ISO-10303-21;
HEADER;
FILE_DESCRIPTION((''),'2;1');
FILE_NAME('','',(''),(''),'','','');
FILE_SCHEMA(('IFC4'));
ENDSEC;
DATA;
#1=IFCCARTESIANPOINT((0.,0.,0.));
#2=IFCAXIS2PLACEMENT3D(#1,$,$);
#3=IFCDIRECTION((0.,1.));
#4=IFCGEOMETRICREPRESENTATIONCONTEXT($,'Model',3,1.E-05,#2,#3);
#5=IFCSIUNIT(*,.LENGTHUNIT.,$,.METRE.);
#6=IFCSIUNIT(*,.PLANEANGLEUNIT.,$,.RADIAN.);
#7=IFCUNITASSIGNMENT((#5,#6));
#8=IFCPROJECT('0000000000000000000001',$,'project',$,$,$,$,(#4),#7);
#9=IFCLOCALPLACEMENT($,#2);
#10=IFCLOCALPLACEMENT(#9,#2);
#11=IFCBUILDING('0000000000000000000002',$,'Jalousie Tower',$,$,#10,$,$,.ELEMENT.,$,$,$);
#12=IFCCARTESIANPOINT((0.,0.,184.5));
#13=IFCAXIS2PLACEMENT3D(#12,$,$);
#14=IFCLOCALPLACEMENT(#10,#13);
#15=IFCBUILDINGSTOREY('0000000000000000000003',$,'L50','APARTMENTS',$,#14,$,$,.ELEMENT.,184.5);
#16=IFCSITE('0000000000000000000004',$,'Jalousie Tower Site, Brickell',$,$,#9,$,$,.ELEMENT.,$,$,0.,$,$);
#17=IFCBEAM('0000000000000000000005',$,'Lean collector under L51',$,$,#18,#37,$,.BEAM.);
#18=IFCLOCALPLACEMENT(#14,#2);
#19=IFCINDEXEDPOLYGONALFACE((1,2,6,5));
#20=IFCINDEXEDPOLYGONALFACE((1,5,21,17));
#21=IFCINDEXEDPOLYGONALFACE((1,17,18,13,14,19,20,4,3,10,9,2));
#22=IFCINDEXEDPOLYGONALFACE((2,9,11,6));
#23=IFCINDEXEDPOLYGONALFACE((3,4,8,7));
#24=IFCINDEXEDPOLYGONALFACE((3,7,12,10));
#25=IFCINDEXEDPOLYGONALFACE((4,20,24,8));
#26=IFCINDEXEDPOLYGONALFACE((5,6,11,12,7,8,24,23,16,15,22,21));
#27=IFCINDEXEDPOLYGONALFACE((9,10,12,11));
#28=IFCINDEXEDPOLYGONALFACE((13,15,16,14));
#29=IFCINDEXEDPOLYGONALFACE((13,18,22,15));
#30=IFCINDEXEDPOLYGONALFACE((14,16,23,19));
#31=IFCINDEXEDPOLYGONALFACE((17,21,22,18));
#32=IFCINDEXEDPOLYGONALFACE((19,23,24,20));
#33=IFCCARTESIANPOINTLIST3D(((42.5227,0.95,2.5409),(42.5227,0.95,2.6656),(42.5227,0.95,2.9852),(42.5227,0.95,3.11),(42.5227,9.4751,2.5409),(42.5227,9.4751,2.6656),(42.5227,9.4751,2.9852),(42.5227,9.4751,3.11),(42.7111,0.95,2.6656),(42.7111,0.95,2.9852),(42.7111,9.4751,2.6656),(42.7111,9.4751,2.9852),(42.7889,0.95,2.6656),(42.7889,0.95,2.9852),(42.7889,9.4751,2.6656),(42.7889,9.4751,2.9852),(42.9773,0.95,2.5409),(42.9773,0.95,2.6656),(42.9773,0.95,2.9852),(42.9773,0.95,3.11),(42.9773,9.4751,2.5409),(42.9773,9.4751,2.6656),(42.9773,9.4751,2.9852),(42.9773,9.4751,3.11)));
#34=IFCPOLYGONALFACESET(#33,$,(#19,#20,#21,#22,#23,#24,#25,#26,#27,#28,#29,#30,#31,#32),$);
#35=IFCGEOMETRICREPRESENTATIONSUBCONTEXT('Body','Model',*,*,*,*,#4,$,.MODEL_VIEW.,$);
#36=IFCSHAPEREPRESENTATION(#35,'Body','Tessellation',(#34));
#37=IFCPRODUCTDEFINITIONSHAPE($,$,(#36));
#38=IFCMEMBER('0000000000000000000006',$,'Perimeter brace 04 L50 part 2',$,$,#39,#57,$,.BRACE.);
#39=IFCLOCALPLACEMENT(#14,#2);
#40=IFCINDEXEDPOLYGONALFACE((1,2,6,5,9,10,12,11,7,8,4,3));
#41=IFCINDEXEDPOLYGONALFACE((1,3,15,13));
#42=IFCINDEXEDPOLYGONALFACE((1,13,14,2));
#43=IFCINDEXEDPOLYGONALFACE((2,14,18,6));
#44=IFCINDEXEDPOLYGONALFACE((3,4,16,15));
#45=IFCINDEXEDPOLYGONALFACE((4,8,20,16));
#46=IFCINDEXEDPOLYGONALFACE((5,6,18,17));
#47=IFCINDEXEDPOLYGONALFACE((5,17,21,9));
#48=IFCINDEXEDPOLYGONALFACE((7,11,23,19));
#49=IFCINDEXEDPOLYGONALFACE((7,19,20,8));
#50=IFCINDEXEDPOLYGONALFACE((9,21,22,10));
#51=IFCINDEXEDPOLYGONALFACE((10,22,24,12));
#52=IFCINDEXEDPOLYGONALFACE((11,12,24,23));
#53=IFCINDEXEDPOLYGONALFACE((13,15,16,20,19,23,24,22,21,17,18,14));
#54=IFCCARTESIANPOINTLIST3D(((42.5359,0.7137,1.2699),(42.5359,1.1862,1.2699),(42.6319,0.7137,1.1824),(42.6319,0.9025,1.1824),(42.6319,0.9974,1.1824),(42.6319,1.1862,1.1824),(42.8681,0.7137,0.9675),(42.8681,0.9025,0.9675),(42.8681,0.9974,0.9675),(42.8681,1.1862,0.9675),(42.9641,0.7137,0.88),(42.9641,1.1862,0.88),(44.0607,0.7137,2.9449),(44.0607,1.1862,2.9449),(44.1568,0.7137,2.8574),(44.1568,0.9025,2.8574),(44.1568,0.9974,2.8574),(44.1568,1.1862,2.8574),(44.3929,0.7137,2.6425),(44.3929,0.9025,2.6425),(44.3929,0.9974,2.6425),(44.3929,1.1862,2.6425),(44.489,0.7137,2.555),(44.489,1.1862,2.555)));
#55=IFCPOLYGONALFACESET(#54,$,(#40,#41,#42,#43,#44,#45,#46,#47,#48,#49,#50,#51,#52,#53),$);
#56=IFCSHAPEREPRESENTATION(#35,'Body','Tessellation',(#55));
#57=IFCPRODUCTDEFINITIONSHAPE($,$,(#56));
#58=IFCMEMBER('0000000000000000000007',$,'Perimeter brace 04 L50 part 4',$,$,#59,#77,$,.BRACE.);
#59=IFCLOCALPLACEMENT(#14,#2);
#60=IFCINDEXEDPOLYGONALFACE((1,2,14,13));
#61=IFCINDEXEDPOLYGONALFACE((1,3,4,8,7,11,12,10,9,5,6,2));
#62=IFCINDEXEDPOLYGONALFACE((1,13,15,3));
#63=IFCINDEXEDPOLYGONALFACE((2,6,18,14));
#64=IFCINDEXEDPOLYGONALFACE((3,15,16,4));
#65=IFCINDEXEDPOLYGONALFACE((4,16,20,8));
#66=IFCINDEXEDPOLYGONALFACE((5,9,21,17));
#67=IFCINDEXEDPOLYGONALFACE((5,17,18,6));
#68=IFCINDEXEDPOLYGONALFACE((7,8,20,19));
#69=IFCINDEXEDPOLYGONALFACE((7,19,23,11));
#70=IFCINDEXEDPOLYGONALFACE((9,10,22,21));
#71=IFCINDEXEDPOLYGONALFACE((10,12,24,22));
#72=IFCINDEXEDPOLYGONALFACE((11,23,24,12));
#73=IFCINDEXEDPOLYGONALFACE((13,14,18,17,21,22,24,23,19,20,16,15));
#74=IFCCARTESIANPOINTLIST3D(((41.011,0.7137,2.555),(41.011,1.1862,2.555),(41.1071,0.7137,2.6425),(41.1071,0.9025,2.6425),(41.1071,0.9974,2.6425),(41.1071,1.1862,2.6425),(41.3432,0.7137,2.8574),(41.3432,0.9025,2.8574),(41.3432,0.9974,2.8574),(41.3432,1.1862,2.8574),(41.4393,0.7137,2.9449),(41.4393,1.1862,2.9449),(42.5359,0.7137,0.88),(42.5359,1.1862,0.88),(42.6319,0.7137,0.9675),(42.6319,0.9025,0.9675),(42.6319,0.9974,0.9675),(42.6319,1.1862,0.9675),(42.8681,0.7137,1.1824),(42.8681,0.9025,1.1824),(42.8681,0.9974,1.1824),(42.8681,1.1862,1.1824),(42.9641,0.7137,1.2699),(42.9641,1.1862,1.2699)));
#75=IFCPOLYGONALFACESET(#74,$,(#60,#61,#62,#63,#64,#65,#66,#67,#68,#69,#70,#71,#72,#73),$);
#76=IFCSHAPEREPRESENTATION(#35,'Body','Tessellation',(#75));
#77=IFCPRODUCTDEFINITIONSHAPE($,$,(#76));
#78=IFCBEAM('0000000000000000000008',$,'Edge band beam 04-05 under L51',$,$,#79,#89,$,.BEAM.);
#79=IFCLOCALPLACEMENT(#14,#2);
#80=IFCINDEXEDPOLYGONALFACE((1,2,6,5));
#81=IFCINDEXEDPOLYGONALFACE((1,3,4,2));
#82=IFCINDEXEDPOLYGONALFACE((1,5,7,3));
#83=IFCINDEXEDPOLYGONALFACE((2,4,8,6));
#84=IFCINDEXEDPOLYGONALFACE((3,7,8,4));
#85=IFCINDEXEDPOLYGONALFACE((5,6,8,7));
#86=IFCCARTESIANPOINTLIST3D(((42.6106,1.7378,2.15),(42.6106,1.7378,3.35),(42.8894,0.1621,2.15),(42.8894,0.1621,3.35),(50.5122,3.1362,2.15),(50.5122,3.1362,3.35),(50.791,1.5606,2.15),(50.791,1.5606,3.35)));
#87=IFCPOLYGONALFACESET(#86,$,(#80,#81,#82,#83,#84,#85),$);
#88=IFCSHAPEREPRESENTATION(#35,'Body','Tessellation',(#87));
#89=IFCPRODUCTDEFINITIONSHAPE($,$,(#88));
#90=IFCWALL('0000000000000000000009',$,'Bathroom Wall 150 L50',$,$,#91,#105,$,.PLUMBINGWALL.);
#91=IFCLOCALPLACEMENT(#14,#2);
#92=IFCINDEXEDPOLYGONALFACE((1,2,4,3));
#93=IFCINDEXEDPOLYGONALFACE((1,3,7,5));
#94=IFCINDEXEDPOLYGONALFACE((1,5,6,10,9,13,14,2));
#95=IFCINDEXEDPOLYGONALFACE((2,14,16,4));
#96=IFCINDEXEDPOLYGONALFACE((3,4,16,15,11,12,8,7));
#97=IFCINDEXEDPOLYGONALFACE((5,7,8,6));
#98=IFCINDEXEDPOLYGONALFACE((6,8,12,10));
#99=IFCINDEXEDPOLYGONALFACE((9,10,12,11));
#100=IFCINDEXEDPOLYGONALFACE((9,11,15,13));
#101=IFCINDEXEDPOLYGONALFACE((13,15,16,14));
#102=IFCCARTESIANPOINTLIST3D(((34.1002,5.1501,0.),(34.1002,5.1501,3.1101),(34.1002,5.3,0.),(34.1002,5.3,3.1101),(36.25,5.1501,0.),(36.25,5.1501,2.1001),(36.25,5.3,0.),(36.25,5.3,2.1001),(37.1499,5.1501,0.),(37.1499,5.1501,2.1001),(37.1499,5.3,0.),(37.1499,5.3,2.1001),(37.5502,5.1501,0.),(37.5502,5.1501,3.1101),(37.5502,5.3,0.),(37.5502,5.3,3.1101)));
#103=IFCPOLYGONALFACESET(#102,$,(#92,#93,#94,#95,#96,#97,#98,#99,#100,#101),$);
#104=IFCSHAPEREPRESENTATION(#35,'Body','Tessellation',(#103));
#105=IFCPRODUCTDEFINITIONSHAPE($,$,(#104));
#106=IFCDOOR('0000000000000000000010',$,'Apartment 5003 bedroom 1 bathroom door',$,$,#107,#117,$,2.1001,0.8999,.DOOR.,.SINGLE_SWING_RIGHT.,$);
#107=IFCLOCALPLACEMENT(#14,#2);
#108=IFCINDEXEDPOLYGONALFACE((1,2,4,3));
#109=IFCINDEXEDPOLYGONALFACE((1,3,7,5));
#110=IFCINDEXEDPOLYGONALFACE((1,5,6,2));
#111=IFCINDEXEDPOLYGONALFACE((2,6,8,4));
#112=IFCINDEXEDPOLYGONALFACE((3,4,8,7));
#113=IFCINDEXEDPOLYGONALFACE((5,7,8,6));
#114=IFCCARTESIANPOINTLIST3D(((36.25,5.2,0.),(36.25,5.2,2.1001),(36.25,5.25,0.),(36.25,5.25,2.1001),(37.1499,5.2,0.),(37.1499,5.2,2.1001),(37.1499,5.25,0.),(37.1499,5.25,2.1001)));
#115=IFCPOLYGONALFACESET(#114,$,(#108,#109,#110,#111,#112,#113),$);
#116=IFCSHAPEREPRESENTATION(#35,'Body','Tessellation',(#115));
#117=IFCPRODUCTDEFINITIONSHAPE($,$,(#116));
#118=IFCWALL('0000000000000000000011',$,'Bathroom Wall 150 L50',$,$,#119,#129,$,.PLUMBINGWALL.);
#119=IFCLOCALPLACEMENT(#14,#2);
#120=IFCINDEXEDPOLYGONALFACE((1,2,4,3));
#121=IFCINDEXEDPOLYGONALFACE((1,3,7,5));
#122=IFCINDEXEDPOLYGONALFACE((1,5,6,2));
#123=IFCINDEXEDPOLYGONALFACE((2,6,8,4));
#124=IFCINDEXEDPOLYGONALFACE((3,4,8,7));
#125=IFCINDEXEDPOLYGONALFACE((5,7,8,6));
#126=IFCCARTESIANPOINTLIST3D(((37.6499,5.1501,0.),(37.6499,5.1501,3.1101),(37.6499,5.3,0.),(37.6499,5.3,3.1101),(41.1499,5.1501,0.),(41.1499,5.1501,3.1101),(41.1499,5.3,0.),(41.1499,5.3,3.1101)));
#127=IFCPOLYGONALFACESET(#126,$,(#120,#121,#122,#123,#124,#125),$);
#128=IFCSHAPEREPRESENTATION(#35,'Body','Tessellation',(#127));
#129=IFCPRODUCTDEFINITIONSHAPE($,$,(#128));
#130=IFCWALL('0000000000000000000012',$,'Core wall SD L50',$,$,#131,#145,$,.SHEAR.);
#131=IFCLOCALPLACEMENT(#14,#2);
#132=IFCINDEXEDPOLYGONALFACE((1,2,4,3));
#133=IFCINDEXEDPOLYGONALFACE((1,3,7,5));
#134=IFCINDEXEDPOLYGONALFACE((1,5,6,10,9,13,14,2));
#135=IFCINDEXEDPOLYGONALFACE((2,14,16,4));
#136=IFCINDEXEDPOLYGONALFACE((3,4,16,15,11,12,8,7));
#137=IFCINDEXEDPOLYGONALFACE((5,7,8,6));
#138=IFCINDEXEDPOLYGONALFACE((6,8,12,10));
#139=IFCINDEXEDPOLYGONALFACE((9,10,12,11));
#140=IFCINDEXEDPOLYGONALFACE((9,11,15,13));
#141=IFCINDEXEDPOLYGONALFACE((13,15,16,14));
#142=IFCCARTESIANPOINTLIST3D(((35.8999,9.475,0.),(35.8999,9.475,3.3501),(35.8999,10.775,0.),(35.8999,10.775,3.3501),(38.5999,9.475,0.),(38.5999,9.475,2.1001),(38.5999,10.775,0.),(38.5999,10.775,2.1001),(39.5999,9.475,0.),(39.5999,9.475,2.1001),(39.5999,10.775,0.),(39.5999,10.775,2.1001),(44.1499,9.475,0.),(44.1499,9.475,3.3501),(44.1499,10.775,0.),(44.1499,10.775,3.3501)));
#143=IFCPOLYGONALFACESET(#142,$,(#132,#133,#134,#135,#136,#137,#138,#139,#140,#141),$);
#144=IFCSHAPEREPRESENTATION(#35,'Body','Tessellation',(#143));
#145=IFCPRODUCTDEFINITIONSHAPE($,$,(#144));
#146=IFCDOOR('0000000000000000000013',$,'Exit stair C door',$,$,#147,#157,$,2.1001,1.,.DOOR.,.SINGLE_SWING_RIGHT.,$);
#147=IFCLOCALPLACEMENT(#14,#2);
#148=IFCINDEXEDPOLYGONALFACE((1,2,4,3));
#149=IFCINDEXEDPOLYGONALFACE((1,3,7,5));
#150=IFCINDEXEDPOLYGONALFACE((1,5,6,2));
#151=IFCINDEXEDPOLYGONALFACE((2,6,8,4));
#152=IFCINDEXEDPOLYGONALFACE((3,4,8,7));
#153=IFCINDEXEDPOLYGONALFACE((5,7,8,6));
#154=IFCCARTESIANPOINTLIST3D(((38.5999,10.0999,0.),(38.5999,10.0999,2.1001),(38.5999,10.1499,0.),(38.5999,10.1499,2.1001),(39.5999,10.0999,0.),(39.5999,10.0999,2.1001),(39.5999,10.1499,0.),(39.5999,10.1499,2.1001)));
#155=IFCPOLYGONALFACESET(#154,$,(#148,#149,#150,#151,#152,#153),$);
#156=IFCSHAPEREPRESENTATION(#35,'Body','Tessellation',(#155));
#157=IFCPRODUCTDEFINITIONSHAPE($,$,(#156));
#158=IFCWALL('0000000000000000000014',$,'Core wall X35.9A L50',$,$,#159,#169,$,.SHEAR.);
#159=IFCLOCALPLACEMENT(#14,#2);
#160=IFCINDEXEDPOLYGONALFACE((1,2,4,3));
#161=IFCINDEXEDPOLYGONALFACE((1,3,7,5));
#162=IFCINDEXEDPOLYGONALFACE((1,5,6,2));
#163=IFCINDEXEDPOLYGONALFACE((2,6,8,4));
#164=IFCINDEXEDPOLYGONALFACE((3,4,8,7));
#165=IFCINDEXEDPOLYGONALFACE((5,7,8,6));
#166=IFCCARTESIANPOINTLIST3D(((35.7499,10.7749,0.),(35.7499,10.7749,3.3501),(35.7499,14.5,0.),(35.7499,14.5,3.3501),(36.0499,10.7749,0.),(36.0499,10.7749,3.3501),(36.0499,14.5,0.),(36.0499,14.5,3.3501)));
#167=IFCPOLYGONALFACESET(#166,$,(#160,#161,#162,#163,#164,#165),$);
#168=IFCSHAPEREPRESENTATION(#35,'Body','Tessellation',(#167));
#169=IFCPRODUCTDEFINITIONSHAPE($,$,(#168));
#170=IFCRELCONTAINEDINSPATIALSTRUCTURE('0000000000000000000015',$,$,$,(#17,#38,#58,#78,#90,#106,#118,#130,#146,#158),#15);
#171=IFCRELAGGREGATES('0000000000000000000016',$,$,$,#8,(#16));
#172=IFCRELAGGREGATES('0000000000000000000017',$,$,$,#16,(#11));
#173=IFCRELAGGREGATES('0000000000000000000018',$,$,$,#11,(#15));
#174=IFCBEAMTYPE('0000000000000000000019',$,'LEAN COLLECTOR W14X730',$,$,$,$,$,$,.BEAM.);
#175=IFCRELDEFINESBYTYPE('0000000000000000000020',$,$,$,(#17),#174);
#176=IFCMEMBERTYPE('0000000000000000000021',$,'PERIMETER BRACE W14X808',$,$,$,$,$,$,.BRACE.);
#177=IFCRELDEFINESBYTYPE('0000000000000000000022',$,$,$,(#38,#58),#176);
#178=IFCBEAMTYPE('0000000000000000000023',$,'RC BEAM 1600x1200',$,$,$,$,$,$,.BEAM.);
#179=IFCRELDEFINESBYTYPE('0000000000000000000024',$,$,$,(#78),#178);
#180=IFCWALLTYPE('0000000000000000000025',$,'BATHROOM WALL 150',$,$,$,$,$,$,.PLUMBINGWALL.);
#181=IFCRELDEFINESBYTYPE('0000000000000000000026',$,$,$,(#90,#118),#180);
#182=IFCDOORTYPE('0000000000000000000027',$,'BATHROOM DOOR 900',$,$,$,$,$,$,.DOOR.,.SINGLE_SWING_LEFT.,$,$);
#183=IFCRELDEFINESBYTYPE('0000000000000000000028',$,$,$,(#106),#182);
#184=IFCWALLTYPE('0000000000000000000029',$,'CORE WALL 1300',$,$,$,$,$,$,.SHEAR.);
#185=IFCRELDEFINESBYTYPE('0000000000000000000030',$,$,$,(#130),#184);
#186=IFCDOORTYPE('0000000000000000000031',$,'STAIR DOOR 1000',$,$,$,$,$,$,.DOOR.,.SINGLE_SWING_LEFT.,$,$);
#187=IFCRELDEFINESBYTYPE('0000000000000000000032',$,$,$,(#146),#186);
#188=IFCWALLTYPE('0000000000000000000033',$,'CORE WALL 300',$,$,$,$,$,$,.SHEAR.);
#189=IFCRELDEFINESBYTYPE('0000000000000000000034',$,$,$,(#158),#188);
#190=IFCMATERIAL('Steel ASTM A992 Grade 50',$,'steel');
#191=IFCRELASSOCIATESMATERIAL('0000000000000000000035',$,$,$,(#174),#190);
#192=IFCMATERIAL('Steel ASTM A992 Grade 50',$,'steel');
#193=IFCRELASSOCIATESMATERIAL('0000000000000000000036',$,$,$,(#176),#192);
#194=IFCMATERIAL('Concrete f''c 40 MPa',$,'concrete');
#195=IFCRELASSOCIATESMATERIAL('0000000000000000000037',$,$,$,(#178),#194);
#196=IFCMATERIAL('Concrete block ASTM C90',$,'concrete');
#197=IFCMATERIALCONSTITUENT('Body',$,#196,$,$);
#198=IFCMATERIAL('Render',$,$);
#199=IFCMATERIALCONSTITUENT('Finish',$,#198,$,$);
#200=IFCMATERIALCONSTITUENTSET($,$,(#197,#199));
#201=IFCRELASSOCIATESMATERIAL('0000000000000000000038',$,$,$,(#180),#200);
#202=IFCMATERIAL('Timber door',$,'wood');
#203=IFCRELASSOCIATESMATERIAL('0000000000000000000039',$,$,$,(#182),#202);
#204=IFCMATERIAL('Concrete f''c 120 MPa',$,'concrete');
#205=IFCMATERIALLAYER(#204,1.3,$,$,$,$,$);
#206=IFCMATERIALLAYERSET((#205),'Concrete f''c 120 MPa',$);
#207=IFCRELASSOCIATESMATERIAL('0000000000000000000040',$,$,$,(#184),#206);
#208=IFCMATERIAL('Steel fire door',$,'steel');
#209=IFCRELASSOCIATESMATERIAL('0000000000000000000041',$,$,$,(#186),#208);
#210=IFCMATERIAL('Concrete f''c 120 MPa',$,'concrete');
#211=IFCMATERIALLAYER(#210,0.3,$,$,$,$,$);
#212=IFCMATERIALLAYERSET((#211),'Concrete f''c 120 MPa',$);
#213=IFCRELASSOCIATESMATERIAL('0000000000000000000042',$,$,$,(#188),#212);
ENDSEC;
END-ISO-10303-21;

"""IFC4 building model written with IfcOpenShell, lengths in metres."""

from ifc_helpers import new_model, si_unit, direction, frame, frame_2d, origin, origin_2d, place, context, subcontext, project, spatial, rectangle, i_section, extrude, material, layer, layer_set, constituent, constituent_set, material_profile, profile_set, type_object, element, fill, save


model = new_model("IFC4")

# Units and contexts
model_context = context("Model", 3, precision=1e-05, world=origin(), true_north=direction((0.0, 1.0)))
body_context = subcontext(model_context, "Body", "Model", "MODEL_VIEW")
ifc_project = project(units=[si_unit("LENGTHUNIT", "METRE"), si_unit("PLANEANGLEUNIT", "RADIAN")], contexts=[model_context])

# Site, building, storey
site_placement = place(None, origin())
site = spatial("IfcSite", under=ifc_project, at=site_placement, Name="Jalousie Tower Site, Brickell", CompositionType="ELEMENT", RefElevation=0.0)
building_placement = place(site_placement, origin())
building = spatial("IfcBuilding", under=site, at=building_placement, Name="Jalousie Tower", CompositionType="ELEMENT")
storey_placement = place(building_placement, frame((0.0, 0.0, 184.5)))
storey = spatial("IfcBuildingStorey", under=building, at=storey_placement, Name="L50", Description="APARTMENTS", CompositionType="ELEMENT", Elevation=184.5)

# Beam
ifc_material_1 = material(Name="Steel ASTM A992 Grade 50", Category="steel")
ifc_material_profile_1 = material_profile(ifc_material_1, i_section(OverallWidth=0.4546, OverallDepth=0.5691, WebThickness=0.0779, FlangeThickness=0.1248, at=origin_2d()), Name="W14X730")
ifc_profile_set_1 = profile_set([ifc_material_profile_1], Name="Steel ASTM A992 Grade 50")
beam_type_1 = type_object("IfcBeamType", Name="LEAN COLLECTOR W14X730", PredefinedType="BEAM", material=ifc_profile_set_1)
beam_1_placement = place(storey_placement, frame((42.75, 0.95, 2.8254), z_axis=(0.0, 1.0, 0.0), x_axis=(-1.0, 0.0, 0.0)))
element("IfcBeam", 1, at=beam_1_placement, inside=storey, type_object=beam_type_1, Name="Lean collector under L51", PredefinedType="BEAM", context=body_context, shape_type="SweptSolid", body=[
    extrude(i_section(OverallWidth=0.4546, OverallDepth=0.5691, WebThickness=0.0779, FlangeThickness=0.1248, at=origin_2d()), origin(), (0.0, 0.0, 1.0), 8.5251),
])

# Members
ifc_material_2 = material(Name="Steel ASTM A992 Grade 50", Category="steel")
ifc_material_profile_2 = material_profile(ifc_material_2, i_section(OverallWidth=0.4724, OverallDepth=0.5791, WebThickness=0.095, FlangeThickness=0.1299, at=origin_2d()), Name="W14X808")
ifc_profile_set_2 = profile_set([ifc_material_profile_2], Name="Steel ASTM A992 Grade 50")
member_type = type_object("IfcMemberType", Name="PERIMETER BRACE W14X808", PredefinedType="BRACE", material=ifc_profile_set_2)
for number, where, z_axis, x_axis, name in (
    (2, (42.75, 0.95, 1.075), (0.673188, 0.0, 0.739472), (0.0, 1.0, 0.0), "Perimeter brace 04 L50 part 2"),
    (3, (42.75, 0.95, 1.075), (-0.673188, 0.0, 0.739472), (0.0, -1.0, 0.0), "Perimeter brace 04 L50 part 4"),
):
    element("IfcMember", number, at=place(storey_placement, frame(where, z_axis=z_axis, x_axis=x_axis)), inside=storey, type_object=member_type, Name=name, PredefinedType="BRACE", context=body_context, shape_type="SweptSolid", body=[
        extrude(i_section(OverallWidth=0.4724, OverallDepth=0.5791, WebThickness=0.095, FlangeThickness=0.1299, at=origin_2d()), origin(), (0.0, 0.0, 1.0), 2.2651),
    ])

# Beam
ifc_material_3 = material(Name="Concrete f'c 40 MPa", Category="concrete")
ifc_material_profile_3 = material_profile(ifc_material_3, rectangle(XDim=1.6001, YDim=1.2, at=origin_2d()), Name="RC 1600x1200")
ifc_profile_set_3 = profile_set([ifc_material_profile_3], Name="Concrete f'c 40 MPa")
beam_type_2 = type_object("IfcBeamType", Name="RC BEAM 1600x1200", PredefinedType="BEAM", material=ifc_profile_set_3)
beam_2_placement = place(storey_placement, frame((42.75, 0.95, 2.75), z_axis=(0.984697, 0.174273, 0.0), x_axis=(-0.174273, 0.984697, 0.0)))
element("IfcBeam", 4, at=beam_2_placement, inside=storey, type_object=beam_type_2, Name="Edge band beam 04-05 under L51", PredefinedType="BEAM", context=body_context, shape_type="SweptSolid", body=[
    extrude(rectangle(XDim=1.6001, YDim=1.2, at=origin_2d()), origin(), (0.0, 0.0, 1.0), 8.0244),
])

# Wall, opening, door
ifc_material_4 = material(Name="Concrete block ASTM C90", Category="concrete")
ifc_constituent_1 = constituent(ifc_material_4, Name="Body")
ifc_material_5 = material(Name="Render")
ifc_constituent_2 = constituent(ifc_material_5, Name="Finish")
ifc_constituent_set_1 = constituent_set(constituents=[ifc_constituent_1, ifc_constituent_2])
wall_type_1 = type_object("IfcWallType", Name="BATHROOM WALL 150", PredefinedType="PLUMBINGWALL", material=ifc_constituent_set_1)
wall_1_placement = place(storey_placement, frame((34.1001, 5.2251, 0.0), z_axis=(0.0, 0.0, 1.0), x_axis=(1.0, 0.0, 0.0)))
wall_1 = element("IfcWall", 5, at=wall_1_placement, inside=storey, type_object=wall_type_1, Name="Bathroom Wall 150 L50", PredefinedType="PLUMBINGWALL", context=body_context, shape_type="SweptSolid", body=[
    extrude(rectangle(XDim=3.45, YDim=0.1499, at=frame_2d((1.7251, 0.0))), origin(), (0.0, 0.0, 1.0), 3.1101),
])
opening_1_placement = place(wall_1_placement, frame((2.1499, 0.0, 0.0)))
opening_1 = element("IfcOpeningElement", 6, at=opening_1_placement, cuts=wall_1, PredefinedType="OPENING", context=body_context, shape_type="SweptSolid", body=[
    extrude(rectangle(XDim=0.8999, YDim=2.1001, at=frame_2d((0.45, 1.05))), frame((0.0, 0.085, 0.0), z_axis=(0.0, -1.0, 0.0), x_axis=(1.0, 0.0, 0.0)), (0.0, 0.0, 1.0), 0.1699),
])
ifc_material_6 = material(Name="Timber door", Category="wood")
door_type_1 = type_object("IfcDoorType", Name="BATHROOM DOOR 900", OperationType="SINGLE_SWING_LEFT", PredefinedType="DOOR", material=ifc_material_6)
door_1_placement = place(opening_1_placement, origin())
door_1 = element("IfcDoor", 7, at=door_1_placement, inside=storey, type_object=door_type_1, Name="Apartment 5003 bedroom 1 bathroom door", OperationType="SINGLE_SWING_RIGHT", OverallHeight=2.1001, OverallWidth=0.8999, PredefinedType="DOOR", context=body_context, shape_type="SweptSolid", body=[
    extrude(rectangle(XDim=0.8999, YDim=2.1001, at=frame_2d((0.45, 1.05))), frame((0.0, 0.0249, 0.0), z_axis=(0.0, -1.0, 0.0), x_axis=(1.0, 0.0, 0.0)), (0.0, 0.0, 1.0), 0.05),
])
fill(opening_1, door_1)

# Wall
wall_2_placement = place(storey_placement, frame((37.6499, 5.2251, 0.0), z_axis=(0.0, 0.0, 1.0), x_axis=(1.0, 0.0, 0.0)))
element("IfcWall", 8, at=wall_2_placement, inside=storey, type_object=wall_type_1, Name="Bathroom Wall 150 L50", PredefinedType="PLUMBINGWALL", context=body_context, shape_type="SweptSolid", body=[
    extrude(rectangle(XDim=3.5, YDim=0.1499, at=frame_2d((1.75, 0.0))), origin(), (0.0, 0.0, 1.0), 3.1101),
])

# Wall, opening, door
ifc_material_7 = material(Name="Concrete f'c 120 MPa", Category="concrete")
ifc_layer_1 = layer(ifc_material_7, 1.3)
ifc_layer_set_1 = layer_set([ifc_layer_1], Name="Concrete f'c 120 MPa")
wall_type_2 = type_object("IfcWallType", Name="CORE WALL 1300", PredefinedType="SHEAR", material=ifc_layer_set_1)
wall_3_placement = place(storey_placement, frame((35.8999, 10.125, 0.0), z_axis=(0.0, 0.0, 1.0), x_axis=(1.0, 0.0, 0.0)))
wall_3 = element("IfcWall", 9, at=wall_3_placement, inside=storey, type_object=wall_type_2, Name="Core wall SD L50", PredefinedType="SHEAR", context=body_context, shape_type="SweptSolid", body=[
    extrude(rectangle(XDim=8.25, YDim=1.3, at=frame_2d((4.125, 0.0))), origin(), (0.0, 0.0, 1.0), 3.3501),
])
opening_2_placement = place(wall_3_placement, frame((2.7, 0.0, 0.0)))
opening_2 = element("IfcOpeningElement", 10, at=opening_2_placement, cuts=wall_3, PredefinedType="OPENING", context=body_context, shape_type="SweptSolid", body=[
    extrude(rectangle(XDim=1.0, YDim=2.1001, at=frame_2d((0.5, 1.05))), frame((0.0, 0.6599, 0.0), z_axis=(0.0, -1.0, 0.0), x_axis=(1.0, 0.0, 0.0)), (0.0, 0.0, 1.0), 1.3201),
])
ifc_material_8 = material(Name="Steel fire door", Category="steel")
door_type_2 = type_object("IfcDoorType", Name="STAIR DOOR 1000", OperationType="SINGLE_SWING_LEFT", PredefinedType="DOOR", material=ifc_material_8)
door_2_placement = place(opening_2_placement, origin())
door_2 = element("IfcDoor", 11, at=door_2_placement, inside=storey, type_object=door_type_2, Name="Exit stair C door", OperationType="SINGLE_SWING_RIGHT", OverallHeight=2.1001, OverallWidth=1.0, PredefinedType="DOOR", context=body_context, shape_type="SweptSolid", body=[
    extrude(rectangle(XDim=1.0, YDim=2.1001, at=frame_2d((0.5, 1.05))), frame((0.0, 0.0249, 0.0), z_axis=(0.0, -1.0, 0.0), x_axis=(1.0, 0.0, 0.0)), (0.0, 0.0, 1.0), 0.05),
])
fill(opening_2, door_2)

# Wall
ifc_material_9 = material(Name="Concrete f'c 120 MPa", Category="concrete")
ifc_layer_2 = layer(ifc_material_9, 0.3)
ifc_layer_set_2 = layer_set([ifc_layer_2], Name="Concrete f'c 120 MPa")
wall_type_3 = type_object("IfcWallType", Name="CORE WALL 300", PredefinedType="SHEAR", material=ifc_layer_set_2)
wall_4_placement = place(storey_placement, frame((35.8999, 10.7749, 0.0), z_axis=(0.0, 0.0, 1.0), x_axis=(0.0, 1.0, 0.0)))
element("IfcWall", 12, at=wall_4_placement, inside=storey, type_object=wall_type_3, Name="Core wall X35.9A L50", PredefinedType="SHEAR", context=body_context, shape_type="SweptSolid", body=[
    extrude(rectangle(XDim=3.7251, YDim=0.3, at=frame_2d((1.8625, 0.0))), origin(), (0.0, 0.0, 1.0), 3.3501),
])

save(model, "model.ifc")
